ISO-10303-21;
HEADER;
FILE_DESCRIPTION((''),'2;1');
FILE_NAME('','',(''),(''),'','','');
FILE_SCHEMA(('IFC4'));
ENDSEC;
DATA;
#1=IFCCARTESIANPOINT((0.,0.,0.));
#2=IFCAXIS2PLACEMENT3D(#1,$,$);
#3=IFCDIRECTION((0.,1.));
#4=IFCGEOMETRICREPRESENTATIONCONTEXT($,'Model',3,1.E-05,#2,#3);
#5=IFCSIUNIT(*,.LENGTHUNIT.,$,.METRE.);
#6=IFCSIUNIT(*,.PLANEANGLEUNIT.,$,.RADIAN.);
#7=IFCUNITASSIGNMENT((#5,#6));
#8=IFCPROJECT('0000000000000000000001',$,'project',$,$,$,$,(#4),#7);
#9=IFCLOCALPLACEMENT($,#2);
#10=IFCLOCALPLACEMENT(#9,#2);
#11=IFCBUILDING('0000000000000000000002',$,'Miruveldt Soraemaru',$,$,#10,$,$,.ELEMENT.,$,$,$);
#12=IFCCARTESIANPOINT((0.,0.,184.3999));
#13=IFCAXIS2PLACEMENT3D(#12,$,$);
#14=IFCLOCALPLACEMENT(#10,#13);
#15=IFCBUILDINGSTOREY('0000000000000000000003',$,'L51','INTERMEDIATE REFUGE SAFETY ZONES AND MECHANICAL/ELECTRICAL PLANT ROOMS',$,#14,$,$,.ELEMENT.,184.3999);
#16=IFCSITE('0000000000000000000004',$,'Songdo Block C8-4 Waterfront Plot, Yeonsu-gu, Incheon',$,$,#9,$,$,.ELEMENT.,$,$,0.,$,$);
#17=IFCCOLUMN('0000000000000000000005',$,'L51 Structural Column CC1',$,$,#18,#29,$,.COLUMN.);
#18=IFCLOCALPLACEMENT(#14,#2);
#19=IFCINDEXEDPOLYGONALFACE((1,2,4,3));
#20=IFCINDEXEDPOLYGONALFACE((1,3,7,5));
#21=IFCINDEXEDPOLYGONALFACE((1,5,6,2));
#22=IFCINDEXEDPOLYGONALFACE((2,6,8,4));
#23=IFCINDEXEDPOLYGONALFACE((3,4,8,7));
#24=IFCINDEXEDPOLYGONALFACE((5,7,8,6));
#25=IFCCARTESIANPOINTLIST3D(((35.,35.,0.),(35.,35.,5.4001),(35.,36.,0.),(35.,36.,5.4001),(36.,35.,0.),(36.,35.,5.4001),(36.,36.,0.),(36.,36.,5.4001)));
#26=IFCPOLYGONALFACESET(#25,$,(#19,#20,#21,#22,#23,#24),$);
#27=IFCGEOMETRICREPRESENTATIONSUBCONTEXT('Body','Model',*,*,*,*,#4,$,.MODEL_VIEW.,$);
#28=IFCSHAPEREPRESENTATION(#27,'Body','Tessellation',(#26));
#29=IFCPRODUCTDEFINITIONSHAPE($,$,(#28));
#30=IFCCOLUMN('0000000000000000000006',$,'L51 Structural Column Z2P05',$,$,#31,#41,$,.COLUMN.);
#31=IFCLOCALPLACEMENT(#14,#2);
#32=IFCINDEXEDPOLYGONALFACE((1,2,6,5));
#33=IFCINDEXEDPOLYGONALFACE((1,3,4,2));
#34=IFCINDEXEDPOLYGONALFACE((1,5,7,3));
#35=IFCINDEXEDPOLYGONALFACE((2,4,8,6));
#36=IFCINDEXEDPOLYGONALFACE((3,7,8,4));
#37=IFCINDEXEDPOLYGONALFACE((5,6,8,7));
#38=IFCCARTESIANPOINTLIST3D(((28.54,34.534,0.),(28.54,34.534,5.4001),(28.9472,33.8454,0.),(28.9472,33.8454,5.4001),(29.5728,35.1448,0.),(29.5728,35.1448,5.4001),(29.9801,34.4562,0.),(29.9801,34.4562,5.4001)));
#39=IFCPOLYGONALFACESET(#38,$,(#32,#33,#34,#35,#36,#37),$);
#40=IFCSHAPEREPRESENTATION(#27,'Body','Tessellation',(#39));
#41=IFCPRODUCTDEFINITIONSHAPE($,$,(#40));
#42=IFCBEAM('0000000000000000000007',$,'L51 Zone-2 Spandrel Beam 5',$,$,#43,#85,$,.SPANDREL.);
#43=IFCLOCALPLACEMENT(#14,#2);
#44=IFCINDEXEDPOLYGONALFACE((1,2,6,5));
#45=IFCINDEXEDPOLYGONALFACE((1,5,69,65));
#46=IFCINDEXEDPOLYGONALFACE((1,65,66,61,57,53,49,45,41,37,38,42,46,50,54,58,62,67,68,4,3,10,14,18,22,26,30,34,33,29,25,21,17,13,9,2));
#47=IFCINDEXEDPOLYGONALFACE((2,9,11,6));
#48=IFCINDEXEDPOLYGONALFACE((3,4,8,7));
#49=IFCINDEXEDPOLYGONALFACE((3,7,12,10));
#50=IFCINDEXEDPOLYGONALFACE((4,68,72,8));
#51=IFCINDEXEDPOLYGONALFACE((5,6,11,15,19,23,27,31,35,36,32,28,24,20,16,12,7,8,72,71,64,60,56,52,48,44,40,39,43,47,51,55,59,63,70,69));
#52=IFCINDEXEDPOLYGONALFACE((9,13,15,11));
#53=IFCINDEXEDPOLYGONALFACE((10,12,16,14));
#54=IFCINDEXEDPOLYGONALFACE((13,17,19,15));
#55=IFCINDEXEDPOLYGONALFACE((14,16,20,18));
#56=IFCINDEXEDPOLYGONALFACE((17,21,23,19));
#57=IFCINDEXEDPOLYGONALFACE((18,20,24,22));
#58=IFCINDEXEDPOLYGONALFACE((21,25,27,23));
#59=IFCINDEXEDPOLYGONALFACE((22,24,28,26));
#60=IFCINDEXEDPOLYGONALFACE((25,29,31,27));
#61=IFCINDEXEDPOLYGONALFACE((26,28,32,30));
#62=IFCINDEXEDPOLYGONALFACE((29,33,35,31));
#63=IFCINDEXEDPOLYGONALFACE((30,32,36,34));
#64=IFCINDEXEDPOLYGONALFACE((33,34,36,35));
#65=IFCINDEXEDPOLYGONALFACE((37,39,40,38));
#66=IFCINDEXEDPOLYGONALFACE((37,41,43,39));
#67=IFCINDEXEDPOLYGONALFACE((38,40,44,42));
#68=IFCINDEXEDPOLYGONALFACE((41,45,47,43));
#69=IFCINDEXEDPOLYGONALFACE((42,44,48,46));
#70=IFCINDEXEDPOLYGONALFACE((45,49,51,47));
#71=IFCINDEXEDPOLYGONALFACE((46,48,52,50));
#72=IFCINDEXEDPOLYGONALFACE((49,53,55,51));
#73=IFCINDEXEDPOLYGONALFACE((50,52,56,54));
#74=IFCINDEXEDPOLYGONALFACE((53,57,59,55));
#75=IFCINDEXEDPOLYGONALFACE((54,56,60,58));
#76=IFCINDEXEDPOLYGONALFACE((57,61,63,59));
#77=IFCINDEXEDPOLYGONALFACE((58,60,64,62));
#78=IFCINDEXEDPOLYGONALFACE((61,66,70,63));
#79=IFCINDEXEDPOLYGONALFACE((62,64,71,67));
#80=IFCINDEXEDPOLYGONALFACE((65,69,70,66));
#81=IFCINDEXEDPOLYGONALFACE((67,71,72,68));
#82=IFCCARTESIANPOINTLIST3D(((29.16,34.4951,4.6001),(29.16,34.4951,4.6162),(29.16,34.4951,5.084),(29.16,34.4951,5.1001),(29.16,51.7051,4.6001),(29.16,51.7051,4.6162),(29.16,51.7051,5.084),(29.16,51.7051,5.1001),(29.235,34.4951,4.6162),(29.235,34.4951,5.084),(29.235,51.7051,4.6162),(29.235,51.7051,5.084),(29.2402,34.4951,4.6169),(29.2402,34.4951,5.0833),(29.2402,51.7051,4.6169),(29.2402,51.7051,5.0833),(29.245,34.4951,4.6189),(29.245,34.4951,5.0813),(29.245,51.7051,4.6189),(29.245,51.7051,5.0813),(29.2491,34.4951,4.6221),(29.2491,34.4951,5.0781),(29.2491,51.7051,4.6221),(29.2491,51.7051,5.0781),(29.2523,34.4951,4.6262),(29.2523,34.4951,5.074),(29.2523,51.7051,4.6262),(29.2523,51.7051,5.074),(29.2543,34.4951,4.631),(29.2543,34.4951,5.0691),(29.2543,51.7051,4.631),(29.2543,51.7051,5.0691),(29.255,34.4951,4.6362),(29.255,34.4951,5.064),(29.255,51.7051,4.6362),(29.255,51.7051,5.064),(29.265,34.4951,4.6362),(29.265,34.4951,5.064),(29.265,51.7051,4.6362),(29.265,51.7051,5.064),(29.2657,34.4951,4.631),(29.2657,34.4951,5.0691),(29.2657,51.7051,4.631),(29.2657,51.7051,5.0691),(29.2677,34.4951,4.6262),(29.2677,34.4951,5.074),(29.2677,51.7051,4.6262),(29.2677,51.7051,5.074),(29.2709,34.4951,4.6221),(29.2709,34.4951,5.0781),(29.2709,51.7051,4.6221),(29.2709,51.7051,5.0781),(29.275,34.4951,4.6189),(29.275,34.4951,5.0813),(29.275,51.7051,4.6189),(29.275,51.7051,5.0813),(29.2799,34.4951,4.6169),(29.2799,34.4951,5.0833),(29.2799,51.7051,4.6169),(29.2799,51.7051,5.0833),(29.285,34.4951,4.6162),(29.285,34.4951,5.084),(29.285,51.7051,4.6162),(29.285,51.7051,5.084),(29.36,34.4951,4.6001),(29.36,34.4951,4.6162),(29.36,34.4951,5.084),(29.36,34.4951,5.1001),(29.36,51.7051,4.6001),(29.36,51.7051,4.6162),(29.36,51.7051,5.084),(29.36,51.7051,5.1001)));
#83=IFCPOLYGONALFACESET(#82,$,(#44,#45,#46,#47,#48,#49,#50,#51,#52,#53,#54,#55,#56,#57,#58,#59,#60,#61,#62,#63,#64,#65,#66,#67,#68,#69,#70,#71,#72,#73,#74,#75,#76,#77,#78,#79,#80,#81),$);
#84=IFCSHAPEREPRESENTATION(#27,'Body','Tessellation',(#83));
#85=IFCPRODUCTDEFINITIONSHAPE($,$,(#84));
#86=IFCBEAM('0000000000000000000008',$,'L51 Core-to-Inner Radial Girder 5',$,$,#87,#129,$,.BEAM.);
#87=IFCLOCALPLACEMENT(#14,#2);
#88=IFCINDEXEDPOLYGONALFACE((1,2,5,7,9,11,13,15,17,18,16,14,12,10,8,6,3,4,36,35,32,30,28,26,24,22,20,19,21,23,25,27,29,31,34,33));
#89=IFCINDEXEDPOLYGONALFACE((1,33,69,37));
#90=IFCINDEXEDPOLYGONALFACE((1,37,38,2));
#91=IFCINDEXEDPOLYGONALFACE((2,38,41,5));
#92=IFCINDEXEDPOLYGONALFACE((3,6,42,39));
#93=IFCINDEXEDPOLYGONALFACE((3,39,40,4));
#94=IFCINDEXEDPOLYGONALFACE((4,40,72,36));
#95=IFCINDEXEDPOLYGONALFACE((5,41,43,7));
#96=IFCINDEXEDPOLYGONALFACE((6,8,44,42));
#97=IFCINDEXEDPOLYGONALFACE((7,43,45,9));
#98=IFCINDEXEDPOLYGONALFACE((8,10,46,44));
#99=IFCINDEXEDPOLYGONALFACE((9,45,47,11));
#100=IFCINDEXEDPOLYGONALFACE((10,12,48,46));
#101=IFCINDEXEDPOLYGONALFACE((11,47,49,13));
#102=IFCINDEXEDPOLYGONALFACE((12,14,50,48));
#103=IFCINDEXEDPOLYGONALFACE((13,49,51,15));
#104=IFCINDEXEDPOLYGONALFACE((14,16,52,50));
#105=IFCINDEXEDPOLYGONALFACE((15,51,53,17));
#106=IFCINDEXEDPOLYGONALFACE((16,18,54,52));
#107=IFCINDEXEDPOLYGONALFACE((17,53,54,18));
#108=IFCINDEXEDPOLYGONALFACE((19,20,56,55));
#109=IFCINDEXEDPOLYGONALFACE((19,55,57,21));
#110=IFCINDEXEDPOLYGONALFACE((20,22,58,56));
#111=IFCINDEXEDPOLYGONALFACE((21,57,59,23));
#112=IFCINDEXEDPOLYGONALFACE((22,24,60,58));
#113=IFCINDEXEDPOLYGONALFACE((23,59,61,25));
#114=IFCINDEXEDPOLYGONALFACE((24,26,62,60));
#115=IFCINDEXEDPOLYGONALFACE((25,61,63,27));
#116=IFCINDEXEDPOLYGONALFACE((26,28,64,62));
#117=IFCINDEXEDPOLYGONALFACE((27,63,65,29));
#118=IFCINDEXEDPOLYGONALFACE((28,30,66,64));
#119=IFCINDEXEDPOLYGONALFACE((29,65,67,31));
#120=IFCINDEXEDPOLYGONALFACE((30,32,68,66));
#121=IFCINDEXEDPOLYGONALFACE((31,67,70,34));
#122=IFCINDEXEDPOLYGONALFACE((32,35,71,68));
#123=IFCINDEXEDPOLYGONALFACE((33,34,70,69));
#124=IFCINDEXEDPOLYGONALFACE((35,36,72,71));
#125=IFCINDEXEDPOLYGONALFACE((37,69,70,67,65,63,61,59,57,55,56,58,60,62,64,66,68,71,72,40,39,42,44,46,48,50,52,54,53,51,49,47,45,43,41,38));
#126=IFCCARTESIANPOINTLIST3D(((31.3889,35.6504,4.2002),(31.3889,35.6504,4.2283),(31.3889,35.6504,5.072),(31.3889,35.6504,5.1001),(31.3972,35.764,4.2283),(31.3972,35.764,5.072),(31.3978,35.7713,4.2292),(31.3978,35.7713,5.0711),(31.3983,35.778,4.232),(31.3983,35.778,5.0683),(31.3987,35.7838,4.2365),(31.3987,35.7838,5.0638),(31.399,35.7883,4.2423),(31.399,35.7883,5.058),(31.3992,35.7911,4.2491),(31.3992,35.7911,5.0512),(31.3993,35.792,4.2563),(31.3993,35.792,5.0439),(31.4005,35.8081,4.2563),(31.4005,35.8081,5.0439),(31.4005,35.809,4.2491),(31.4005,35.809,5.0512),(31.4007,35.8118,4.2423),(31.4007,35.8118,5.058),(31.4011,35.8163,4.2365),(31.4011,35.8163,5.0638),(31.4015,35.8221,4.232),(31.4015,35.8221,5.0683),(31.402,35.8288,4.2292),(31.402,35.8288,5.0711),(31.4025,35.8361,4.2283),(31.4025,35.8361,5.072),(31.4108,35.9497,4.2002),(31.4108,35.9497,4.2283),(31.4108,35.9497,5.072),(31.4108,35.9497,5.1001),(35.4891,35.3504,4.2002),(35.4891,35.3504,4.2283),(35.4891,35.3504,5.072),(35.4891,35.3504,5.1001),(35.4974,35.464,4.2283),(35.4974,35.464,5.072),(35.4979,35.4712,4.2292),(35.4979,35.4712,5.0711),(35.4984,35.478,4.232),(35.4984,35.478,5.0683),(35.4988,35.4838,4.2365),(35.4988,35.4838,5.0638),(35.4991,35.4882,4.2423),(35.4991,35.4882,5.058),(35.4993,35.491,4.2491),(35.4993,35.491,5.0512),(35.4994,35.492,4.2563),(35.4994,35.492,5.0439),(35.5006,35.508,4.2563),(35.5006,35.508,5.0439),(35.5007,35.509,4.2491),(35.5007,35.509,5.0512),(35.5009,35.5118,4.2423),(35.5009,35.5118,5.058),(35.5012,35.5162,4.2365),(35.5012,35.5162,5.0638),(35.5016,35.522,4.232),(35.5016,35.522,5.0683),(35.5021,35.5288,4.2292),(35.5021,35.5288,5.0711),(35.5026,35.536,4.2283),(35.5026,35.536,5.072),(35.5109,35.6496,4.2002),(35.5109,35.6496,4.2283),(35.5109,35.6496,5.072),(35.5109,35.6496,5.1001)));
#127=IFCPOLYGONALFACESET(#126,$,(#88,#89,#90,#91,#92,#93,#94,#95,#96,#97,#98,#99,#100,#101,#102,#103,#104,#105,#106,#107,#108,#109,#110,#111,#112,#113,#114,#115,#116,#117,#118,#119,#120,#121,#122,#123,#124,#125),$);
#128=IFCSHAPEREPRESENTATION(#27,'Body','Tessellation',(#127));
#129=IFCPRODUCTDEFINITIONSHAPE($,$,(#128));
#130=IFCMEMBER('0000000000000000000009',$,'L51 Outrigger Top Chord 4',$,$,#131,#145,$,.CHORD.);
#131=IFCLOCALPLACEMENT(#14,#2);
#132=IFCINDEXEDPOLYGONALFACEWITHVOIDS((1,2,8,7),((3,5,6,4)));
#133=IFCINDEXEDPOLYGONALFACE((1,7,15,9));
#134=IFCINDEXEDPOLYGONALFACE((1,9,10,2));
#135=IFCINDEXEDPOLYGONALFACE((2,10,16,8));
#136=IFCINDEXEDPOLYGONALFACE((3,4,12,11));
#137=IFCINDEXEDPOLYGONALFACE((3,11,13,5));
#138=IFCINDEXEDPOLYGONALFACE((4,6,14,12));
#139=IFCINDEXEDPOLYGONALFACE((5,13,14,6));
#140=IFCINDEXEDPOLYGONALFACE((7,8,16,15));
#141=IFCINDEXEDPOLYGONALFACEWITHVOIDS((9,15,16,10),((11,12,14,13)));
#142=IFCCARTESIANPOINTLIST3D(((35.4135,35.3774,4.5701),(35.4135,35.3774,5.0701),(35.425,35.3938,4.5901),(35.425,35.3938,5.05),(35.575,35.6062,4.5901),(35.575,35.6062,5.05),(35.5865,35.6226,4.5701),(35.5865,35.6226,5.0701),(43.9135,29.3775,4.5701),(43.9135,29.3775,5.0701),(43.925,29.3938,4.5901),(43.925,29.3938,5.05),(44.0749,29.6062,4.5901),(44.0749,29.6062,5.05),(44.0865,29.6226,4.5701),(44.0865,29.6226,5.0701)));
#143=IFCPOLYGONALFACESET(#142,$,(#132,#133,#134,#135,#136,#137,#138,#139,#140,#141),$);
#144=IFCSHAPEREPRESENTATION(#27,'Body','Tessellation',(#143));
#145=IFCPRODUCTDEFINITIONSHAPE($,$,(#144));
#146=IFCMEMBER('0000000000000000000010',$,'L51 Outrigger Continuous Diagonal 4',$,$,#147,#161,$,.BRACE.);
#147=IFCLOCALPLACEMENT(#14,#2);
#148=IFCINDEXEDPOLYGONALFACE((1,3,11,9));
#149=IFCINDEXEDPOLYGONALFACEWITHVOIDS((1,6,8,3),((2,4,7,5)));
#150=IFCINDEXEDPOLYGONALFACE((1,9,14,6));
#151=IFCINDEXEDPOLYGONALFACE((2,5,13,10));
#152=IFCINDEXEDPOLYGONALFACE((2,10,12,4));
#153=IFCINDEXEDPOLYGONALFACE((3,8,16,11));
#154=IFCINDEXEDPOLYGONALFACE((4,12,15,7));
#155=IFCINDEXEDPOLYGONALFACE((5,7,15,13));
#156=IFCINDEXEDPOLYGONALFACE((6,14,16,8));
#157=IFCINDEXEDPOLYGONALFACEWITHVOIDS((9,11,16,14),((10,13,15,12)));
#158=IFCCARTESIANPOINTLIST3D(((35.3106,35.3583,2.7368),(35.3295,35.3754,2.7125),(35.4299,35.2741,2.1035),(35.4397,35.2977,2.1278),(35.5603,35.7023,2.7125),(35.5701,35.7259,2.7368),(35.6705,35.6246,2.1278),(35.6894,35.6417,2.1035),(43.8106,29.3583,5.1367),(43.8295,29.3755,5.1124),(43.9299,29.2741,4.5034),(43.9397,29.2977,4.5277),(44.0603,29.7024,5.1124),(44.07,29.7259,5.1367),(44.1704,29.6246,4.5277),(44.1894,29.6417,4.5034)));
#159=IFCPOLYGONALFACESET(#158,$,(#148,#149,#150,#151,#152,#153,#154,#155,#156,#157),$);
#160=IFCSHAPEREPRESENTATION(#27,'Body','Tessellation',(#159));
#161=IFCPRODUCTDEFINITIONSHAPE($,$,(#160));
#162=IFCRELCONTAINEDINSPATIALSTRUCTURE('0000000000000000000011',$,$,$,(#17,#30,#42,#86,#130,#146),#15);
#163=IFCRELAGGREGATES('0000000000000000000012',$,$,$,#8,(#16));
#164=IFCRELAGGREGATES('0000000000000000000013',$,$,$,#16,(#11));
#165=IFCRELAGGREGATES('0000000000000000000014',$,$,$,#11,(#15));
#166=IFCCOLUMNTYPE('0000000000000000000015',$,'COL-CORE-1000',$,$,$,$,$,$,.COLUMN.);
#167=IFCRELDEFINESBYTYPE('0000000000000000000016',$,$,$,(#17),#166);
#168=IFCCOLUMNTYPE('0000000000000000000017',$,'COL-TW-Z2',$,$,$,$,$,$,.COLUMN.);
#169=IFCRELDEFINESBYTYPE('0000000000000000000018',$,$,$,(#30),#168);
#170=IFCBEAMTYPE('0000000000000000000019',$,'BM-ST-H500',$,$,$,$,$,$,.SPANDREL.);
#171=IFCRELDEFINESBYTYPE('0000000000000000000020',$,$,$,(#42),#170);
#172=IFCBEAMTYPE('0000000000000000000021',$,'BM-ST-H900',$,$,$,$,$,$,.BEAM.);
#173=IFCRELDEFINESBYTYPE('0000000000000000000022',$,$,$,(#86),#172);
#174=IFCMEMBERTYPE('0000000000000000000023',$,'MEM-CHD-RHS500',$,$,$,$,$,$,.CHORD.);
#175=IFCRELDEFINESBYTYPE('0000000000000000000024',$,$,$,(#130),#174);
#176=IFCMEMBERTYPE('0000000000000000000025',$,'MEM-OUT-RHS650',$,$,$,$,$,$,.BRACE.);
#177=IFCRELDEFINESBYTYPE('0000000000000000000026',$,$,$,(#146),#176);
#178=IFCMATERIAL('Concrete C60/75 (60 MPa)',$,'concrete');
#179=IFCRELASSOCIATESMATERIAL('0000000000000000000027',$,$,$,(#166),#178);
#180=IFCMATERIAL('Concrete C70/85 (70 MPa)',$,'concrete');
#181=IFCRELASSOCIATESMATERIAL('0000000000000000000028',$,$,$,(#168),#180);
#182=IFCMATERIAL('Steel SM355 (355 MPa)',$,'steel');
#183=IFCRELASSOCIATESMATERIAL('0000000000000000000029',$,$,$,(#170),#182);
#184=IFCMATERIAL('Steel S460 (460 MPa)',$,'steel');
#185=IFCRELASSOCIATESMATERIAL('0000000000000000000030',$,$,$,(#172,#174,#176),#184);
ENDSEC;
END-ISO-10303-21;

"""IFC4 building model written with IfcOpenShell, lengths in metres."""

from ifc_helpers import new_model, si_unit, direction, frame, origin, origin_2d, place, context, subcontext, project, spatial, rectangle, hollow_rectangle, i_section, extrude, material, material_profile, profile_set, type_object, element, save


model = new_model("IFC4")

# Units and contexts
model_context = context("Model", 3, precision=1e-05, world=origin(), true_north=direction((0.0, 1.0)))
body_context = subcontext(model_context, "Body", "Model", "MODEL_VIEW")
ifc_project = project(units=[si_unit("LENGTHUNIT", "METRE"), si_unit("PLANEANGLEUNIT", "RADIAN")], contexts=[model_context])

# Site, building, storey
site_placement = place(None, origin())
site = spatial("IfcSite", under=ifc_project, at=site_placement, Name="Songdo Block C8-4 Waterfront Plot, Yeonsu-gu, Incheon", CompositionType="ELEMENT", RefElevation=0.0)
building_placement = place(site_placement, origin())
building = spatial("IfcBuilding", under=site, at=building_placement, Name="Miruveldt Soraemaru", CompositionType="ELEMENT")
storey_placement = place(building_placement, frame((0.0, 0.0, 184.3999)))
storey = spatial("IfcBuildingStorey", under=building, at=storey_placement, Name="L51", Description="INTERMEDIATE REFUGE SAFETY ZONES AND MECHANICAL/ELECTRICAL PLANT ROOMS", CompositionType="ELEMENT", Elevation=184.3999)

# Columns
ifc_material_1 = material(Name="Concrete C60/75 (60 MPa)", Category="concrete")
ifc_material_profile_1 = material_profile(ifc_material_1, rectangle(XDim=1.0, YDim=1.0, at=origin_2d()), Name="Concrete C60/75 (60 MPa)", Category="concrete")
ifc_profile_set_1 = profile_set([ifc_material_profile_1], Name="Concrete C60/75 (60 MPa)")
column_type_1 = type_object("IfcColumnType", Name="COL-CORE-1000", PredefinedType="COLUMN", material=ifc_profile_set_1)
column_1_placement = place(storey_placement, frame((35.5, 35.5, 0.0), z_axis=(0.0, 0.0, 1.0), x_axis=(1.0, 0.0, 0.0)))
element("IfcColumn", 1, at=column_1_placement, inside=storey, type_object=column_type_1, Name="L51 Structural Column CC1", PredefinedType="COLUMN", context=body_context, shape_type="SweptSolid", body=[
    extrude(rectangle(XDim=1.0, YDim=1.0, at=origin_2d()), origin(), (0.0, 0.0, 1.0), 5.4001),
])
ifc_material_2 = material(Name="Concrete C70/85 (70 MPa)", Category="concrete")
ifc_material_profile_2 = material_profile(ifc_material_2, rectangle(XDim=1.2, YDim=0.8, at=origin_2d()), Name="Concrete C70/85 (70 MPa)", Category="concrete")
ifc_profile_set_2 = profile_set([ifc_material_profile_2], Name="Concrete C70/85 (70 MPa)")
column_type_2 = type_object("IfcColumnType", Name="COL-TW-Z2", PredefinedType="COLUMN", material=ifc_profile_set_2)
column_2_placement = place(storey_placement, frame((29.26, 34.4951, 0.0), z_axis=(0.0, 0.0, 1.0), x_axis=(0.860742, 0.509041, 0.0)))
element("IfcColumn", 2, at=column_2_placement, inside=storey, type_object=column_type_2, Name="L51 Structural Column Z2P05", PredefinedType="COLUMN", context=body_context, shape_type="SweptSolid", body=[
    extrude(rectangle(XDim=1.2, YDim=0.8, at=origin_2d()), origin(), (0.0, 0.0, 1.0), 5.4001),
])

# Beams
ifc_material_3 = material(Name="Steel SM355 (355 MPa)", Category="steel")
ifc_material_profile_3 = material_profile(ifc_material_3, i_section(OverallWidth=0.2, OverallDepth=0.5, WebThickness=0.01, FlangeThickness=0.0161, FilletRadius=0.02, at=origin_2d()), Name="Steel SM355 (355 MPa)", Category="steel")
ifc_profile_set_3 = profile_set([ifc_material_profile_3], Name="Steel SM355 (355 MPa)")
beam_type_1 = type_object("IfcBeamType", Name="BM-ST-H500", PredefinedType="SPANDREL", material=ifc_profile_set_3)
beam_1_placement = place(storey_placement, frame((29.26, 34.4951, 4.8501), z_axis=(0.0, 1.0, 0.0), x_axis=(-1.0, 0.0, 0.0)))
element("IfcBeam", 3, at=beam_1_placement, inside=storey, type_object=beam_type_1, Name="L51 Zone-2 Spandrel Beam 5", PredefinedType="SPANDREL", context=body_context, shape_type="SweptSolid", body=[
    extrude(i_section(OverallWidth=0.2, OverallDepth=0.5, WebThickness=0.01, FlangeThickness=0.0161, FilletRadius=0.02, at=origin_2d()), origin(), (0.0, 0.0, 1.0), 17.21),
])
ifc_material_4 = material(Name="Steel S460 (460 MPa)", Category="steel")
ifc_material_profile_4 = material_profile(ifc_material_4, i_section(OverallWidth=0.3, OverallDepth=0.8999, WebThickness=0.0161, FlangeThickness=0.0281, FilletRadius=0.0281, at=origin_2d()), Name="Steel S460 (460 MPa)", Category="steel")
ifc_profile_set_4 = profile_set([ifc_material_profile_4], Name="Steel S460 (460 MPa)")
beam_type_2 = type_object("IfcBeamType", Name="BM-ST-H900", PredefinedType="BEAM", material=ifc_profile_set_4)
beam_2_placement = place(storey_placement, frame((35.5, 35.5, 4.6501), z_axis=(-0.997333, 0.072986, 0.0), x_axis=(-0.072986, -0.997333, 0.0)))
element("IfcBeam", 4, at=beam_2_placement, inside=storey, type_object=beam_type_2, Name="L51 Core-to-Inner Radial Girder 5", PredefinedType="BEAM", context=body_context, shape_type="SweptSolid", body=[
    extrude(i_section(OverallWidth=0.3, OverallDepth=0.8999, WebThickness=0.0161, FlangeThickness=0.0281, FilletRadius=0.0281, at=origin_2d()), origin(), (0.0, 0.0, 1.0), 4.1111),
])

# Members
ifc_material_profile_5 = material_profile(ifc_material_4, hollow_rectangle(XDim=0.3, YDim=0.5, WallThickness=0.02, at=origin_2d()), Name="Steel S460 (460 MPa)", Category="steel")
ifc_profile_set_5 = profile_set([ifc_material_profile_5], Name="Steel S460 (460 MPa)")
member_type_1 = type_object("IfcMemberType", Name="MEM-CHD-RHS500", PredefinedType="CHORD", material=ifc_profile_set_5)
member_1_placement = place(storey_placement, frame((35.5, 35.5, 4.8201), z_axis=(0.816968, -0.576683, 0.0), x_axis=(0.576683, 0.816968, 0.0)))
element("IfcMember", 5, at=member_1_placement, inside=storey, type_object=member_type_1, Name="L51 Outrigger Top Chord 4", PredefinedType="CHORD", context=body_context, shape_type="SweptSolid", body=[
    extrude(hollow_rectangle(XDim=0.3, YDim=0.5, WallThickness=0.02, at=origin_2d()), origin(), (0.0, 0.0, 1.0), 10.4043),
])
ifc_material_profile_6 = material_profile(ifc_material_4, hollow_rectangle(XDim=0.45, YDim=0.6499, WallThickness=0.0249, at=origin_2d()), Name="Steel S460 (460 MPa)", Category="steel")
ifc_profile_set_6 = profile_set([ifc_material_profile_6], Name="Steel S460 (460 MPa)")
member_type_2 = type_object("IfcMemberType", Name="MEM-OUT-RHS650", PredefinedType="BRACE", material=ifc_profile_set_6)
member_2_placement = place(storey_placement, frame((35.5, 35.5, 2.4202), z_axis=(0.796065, -0.561928, 0.224762), x_axis=(0.576683, 0.816968, 0.0)))
element("IfcMember", 6, at=member_2_placement, inside=storey, type_object=member_type_2, Name="L51 Outrigger Continuous Diagonal 4", PredefinedType="BRACE", context=body_context, shape_type="SweptSolid", body=[
    extrude(hollow_rectangle(XDim=0.45, YDim=0.6499, WallThickness=0.0249, at=origin_2d()), origin(), (0.0, 0.0, 1.0), 10.6775),
])

save(model, "model.ifc")
